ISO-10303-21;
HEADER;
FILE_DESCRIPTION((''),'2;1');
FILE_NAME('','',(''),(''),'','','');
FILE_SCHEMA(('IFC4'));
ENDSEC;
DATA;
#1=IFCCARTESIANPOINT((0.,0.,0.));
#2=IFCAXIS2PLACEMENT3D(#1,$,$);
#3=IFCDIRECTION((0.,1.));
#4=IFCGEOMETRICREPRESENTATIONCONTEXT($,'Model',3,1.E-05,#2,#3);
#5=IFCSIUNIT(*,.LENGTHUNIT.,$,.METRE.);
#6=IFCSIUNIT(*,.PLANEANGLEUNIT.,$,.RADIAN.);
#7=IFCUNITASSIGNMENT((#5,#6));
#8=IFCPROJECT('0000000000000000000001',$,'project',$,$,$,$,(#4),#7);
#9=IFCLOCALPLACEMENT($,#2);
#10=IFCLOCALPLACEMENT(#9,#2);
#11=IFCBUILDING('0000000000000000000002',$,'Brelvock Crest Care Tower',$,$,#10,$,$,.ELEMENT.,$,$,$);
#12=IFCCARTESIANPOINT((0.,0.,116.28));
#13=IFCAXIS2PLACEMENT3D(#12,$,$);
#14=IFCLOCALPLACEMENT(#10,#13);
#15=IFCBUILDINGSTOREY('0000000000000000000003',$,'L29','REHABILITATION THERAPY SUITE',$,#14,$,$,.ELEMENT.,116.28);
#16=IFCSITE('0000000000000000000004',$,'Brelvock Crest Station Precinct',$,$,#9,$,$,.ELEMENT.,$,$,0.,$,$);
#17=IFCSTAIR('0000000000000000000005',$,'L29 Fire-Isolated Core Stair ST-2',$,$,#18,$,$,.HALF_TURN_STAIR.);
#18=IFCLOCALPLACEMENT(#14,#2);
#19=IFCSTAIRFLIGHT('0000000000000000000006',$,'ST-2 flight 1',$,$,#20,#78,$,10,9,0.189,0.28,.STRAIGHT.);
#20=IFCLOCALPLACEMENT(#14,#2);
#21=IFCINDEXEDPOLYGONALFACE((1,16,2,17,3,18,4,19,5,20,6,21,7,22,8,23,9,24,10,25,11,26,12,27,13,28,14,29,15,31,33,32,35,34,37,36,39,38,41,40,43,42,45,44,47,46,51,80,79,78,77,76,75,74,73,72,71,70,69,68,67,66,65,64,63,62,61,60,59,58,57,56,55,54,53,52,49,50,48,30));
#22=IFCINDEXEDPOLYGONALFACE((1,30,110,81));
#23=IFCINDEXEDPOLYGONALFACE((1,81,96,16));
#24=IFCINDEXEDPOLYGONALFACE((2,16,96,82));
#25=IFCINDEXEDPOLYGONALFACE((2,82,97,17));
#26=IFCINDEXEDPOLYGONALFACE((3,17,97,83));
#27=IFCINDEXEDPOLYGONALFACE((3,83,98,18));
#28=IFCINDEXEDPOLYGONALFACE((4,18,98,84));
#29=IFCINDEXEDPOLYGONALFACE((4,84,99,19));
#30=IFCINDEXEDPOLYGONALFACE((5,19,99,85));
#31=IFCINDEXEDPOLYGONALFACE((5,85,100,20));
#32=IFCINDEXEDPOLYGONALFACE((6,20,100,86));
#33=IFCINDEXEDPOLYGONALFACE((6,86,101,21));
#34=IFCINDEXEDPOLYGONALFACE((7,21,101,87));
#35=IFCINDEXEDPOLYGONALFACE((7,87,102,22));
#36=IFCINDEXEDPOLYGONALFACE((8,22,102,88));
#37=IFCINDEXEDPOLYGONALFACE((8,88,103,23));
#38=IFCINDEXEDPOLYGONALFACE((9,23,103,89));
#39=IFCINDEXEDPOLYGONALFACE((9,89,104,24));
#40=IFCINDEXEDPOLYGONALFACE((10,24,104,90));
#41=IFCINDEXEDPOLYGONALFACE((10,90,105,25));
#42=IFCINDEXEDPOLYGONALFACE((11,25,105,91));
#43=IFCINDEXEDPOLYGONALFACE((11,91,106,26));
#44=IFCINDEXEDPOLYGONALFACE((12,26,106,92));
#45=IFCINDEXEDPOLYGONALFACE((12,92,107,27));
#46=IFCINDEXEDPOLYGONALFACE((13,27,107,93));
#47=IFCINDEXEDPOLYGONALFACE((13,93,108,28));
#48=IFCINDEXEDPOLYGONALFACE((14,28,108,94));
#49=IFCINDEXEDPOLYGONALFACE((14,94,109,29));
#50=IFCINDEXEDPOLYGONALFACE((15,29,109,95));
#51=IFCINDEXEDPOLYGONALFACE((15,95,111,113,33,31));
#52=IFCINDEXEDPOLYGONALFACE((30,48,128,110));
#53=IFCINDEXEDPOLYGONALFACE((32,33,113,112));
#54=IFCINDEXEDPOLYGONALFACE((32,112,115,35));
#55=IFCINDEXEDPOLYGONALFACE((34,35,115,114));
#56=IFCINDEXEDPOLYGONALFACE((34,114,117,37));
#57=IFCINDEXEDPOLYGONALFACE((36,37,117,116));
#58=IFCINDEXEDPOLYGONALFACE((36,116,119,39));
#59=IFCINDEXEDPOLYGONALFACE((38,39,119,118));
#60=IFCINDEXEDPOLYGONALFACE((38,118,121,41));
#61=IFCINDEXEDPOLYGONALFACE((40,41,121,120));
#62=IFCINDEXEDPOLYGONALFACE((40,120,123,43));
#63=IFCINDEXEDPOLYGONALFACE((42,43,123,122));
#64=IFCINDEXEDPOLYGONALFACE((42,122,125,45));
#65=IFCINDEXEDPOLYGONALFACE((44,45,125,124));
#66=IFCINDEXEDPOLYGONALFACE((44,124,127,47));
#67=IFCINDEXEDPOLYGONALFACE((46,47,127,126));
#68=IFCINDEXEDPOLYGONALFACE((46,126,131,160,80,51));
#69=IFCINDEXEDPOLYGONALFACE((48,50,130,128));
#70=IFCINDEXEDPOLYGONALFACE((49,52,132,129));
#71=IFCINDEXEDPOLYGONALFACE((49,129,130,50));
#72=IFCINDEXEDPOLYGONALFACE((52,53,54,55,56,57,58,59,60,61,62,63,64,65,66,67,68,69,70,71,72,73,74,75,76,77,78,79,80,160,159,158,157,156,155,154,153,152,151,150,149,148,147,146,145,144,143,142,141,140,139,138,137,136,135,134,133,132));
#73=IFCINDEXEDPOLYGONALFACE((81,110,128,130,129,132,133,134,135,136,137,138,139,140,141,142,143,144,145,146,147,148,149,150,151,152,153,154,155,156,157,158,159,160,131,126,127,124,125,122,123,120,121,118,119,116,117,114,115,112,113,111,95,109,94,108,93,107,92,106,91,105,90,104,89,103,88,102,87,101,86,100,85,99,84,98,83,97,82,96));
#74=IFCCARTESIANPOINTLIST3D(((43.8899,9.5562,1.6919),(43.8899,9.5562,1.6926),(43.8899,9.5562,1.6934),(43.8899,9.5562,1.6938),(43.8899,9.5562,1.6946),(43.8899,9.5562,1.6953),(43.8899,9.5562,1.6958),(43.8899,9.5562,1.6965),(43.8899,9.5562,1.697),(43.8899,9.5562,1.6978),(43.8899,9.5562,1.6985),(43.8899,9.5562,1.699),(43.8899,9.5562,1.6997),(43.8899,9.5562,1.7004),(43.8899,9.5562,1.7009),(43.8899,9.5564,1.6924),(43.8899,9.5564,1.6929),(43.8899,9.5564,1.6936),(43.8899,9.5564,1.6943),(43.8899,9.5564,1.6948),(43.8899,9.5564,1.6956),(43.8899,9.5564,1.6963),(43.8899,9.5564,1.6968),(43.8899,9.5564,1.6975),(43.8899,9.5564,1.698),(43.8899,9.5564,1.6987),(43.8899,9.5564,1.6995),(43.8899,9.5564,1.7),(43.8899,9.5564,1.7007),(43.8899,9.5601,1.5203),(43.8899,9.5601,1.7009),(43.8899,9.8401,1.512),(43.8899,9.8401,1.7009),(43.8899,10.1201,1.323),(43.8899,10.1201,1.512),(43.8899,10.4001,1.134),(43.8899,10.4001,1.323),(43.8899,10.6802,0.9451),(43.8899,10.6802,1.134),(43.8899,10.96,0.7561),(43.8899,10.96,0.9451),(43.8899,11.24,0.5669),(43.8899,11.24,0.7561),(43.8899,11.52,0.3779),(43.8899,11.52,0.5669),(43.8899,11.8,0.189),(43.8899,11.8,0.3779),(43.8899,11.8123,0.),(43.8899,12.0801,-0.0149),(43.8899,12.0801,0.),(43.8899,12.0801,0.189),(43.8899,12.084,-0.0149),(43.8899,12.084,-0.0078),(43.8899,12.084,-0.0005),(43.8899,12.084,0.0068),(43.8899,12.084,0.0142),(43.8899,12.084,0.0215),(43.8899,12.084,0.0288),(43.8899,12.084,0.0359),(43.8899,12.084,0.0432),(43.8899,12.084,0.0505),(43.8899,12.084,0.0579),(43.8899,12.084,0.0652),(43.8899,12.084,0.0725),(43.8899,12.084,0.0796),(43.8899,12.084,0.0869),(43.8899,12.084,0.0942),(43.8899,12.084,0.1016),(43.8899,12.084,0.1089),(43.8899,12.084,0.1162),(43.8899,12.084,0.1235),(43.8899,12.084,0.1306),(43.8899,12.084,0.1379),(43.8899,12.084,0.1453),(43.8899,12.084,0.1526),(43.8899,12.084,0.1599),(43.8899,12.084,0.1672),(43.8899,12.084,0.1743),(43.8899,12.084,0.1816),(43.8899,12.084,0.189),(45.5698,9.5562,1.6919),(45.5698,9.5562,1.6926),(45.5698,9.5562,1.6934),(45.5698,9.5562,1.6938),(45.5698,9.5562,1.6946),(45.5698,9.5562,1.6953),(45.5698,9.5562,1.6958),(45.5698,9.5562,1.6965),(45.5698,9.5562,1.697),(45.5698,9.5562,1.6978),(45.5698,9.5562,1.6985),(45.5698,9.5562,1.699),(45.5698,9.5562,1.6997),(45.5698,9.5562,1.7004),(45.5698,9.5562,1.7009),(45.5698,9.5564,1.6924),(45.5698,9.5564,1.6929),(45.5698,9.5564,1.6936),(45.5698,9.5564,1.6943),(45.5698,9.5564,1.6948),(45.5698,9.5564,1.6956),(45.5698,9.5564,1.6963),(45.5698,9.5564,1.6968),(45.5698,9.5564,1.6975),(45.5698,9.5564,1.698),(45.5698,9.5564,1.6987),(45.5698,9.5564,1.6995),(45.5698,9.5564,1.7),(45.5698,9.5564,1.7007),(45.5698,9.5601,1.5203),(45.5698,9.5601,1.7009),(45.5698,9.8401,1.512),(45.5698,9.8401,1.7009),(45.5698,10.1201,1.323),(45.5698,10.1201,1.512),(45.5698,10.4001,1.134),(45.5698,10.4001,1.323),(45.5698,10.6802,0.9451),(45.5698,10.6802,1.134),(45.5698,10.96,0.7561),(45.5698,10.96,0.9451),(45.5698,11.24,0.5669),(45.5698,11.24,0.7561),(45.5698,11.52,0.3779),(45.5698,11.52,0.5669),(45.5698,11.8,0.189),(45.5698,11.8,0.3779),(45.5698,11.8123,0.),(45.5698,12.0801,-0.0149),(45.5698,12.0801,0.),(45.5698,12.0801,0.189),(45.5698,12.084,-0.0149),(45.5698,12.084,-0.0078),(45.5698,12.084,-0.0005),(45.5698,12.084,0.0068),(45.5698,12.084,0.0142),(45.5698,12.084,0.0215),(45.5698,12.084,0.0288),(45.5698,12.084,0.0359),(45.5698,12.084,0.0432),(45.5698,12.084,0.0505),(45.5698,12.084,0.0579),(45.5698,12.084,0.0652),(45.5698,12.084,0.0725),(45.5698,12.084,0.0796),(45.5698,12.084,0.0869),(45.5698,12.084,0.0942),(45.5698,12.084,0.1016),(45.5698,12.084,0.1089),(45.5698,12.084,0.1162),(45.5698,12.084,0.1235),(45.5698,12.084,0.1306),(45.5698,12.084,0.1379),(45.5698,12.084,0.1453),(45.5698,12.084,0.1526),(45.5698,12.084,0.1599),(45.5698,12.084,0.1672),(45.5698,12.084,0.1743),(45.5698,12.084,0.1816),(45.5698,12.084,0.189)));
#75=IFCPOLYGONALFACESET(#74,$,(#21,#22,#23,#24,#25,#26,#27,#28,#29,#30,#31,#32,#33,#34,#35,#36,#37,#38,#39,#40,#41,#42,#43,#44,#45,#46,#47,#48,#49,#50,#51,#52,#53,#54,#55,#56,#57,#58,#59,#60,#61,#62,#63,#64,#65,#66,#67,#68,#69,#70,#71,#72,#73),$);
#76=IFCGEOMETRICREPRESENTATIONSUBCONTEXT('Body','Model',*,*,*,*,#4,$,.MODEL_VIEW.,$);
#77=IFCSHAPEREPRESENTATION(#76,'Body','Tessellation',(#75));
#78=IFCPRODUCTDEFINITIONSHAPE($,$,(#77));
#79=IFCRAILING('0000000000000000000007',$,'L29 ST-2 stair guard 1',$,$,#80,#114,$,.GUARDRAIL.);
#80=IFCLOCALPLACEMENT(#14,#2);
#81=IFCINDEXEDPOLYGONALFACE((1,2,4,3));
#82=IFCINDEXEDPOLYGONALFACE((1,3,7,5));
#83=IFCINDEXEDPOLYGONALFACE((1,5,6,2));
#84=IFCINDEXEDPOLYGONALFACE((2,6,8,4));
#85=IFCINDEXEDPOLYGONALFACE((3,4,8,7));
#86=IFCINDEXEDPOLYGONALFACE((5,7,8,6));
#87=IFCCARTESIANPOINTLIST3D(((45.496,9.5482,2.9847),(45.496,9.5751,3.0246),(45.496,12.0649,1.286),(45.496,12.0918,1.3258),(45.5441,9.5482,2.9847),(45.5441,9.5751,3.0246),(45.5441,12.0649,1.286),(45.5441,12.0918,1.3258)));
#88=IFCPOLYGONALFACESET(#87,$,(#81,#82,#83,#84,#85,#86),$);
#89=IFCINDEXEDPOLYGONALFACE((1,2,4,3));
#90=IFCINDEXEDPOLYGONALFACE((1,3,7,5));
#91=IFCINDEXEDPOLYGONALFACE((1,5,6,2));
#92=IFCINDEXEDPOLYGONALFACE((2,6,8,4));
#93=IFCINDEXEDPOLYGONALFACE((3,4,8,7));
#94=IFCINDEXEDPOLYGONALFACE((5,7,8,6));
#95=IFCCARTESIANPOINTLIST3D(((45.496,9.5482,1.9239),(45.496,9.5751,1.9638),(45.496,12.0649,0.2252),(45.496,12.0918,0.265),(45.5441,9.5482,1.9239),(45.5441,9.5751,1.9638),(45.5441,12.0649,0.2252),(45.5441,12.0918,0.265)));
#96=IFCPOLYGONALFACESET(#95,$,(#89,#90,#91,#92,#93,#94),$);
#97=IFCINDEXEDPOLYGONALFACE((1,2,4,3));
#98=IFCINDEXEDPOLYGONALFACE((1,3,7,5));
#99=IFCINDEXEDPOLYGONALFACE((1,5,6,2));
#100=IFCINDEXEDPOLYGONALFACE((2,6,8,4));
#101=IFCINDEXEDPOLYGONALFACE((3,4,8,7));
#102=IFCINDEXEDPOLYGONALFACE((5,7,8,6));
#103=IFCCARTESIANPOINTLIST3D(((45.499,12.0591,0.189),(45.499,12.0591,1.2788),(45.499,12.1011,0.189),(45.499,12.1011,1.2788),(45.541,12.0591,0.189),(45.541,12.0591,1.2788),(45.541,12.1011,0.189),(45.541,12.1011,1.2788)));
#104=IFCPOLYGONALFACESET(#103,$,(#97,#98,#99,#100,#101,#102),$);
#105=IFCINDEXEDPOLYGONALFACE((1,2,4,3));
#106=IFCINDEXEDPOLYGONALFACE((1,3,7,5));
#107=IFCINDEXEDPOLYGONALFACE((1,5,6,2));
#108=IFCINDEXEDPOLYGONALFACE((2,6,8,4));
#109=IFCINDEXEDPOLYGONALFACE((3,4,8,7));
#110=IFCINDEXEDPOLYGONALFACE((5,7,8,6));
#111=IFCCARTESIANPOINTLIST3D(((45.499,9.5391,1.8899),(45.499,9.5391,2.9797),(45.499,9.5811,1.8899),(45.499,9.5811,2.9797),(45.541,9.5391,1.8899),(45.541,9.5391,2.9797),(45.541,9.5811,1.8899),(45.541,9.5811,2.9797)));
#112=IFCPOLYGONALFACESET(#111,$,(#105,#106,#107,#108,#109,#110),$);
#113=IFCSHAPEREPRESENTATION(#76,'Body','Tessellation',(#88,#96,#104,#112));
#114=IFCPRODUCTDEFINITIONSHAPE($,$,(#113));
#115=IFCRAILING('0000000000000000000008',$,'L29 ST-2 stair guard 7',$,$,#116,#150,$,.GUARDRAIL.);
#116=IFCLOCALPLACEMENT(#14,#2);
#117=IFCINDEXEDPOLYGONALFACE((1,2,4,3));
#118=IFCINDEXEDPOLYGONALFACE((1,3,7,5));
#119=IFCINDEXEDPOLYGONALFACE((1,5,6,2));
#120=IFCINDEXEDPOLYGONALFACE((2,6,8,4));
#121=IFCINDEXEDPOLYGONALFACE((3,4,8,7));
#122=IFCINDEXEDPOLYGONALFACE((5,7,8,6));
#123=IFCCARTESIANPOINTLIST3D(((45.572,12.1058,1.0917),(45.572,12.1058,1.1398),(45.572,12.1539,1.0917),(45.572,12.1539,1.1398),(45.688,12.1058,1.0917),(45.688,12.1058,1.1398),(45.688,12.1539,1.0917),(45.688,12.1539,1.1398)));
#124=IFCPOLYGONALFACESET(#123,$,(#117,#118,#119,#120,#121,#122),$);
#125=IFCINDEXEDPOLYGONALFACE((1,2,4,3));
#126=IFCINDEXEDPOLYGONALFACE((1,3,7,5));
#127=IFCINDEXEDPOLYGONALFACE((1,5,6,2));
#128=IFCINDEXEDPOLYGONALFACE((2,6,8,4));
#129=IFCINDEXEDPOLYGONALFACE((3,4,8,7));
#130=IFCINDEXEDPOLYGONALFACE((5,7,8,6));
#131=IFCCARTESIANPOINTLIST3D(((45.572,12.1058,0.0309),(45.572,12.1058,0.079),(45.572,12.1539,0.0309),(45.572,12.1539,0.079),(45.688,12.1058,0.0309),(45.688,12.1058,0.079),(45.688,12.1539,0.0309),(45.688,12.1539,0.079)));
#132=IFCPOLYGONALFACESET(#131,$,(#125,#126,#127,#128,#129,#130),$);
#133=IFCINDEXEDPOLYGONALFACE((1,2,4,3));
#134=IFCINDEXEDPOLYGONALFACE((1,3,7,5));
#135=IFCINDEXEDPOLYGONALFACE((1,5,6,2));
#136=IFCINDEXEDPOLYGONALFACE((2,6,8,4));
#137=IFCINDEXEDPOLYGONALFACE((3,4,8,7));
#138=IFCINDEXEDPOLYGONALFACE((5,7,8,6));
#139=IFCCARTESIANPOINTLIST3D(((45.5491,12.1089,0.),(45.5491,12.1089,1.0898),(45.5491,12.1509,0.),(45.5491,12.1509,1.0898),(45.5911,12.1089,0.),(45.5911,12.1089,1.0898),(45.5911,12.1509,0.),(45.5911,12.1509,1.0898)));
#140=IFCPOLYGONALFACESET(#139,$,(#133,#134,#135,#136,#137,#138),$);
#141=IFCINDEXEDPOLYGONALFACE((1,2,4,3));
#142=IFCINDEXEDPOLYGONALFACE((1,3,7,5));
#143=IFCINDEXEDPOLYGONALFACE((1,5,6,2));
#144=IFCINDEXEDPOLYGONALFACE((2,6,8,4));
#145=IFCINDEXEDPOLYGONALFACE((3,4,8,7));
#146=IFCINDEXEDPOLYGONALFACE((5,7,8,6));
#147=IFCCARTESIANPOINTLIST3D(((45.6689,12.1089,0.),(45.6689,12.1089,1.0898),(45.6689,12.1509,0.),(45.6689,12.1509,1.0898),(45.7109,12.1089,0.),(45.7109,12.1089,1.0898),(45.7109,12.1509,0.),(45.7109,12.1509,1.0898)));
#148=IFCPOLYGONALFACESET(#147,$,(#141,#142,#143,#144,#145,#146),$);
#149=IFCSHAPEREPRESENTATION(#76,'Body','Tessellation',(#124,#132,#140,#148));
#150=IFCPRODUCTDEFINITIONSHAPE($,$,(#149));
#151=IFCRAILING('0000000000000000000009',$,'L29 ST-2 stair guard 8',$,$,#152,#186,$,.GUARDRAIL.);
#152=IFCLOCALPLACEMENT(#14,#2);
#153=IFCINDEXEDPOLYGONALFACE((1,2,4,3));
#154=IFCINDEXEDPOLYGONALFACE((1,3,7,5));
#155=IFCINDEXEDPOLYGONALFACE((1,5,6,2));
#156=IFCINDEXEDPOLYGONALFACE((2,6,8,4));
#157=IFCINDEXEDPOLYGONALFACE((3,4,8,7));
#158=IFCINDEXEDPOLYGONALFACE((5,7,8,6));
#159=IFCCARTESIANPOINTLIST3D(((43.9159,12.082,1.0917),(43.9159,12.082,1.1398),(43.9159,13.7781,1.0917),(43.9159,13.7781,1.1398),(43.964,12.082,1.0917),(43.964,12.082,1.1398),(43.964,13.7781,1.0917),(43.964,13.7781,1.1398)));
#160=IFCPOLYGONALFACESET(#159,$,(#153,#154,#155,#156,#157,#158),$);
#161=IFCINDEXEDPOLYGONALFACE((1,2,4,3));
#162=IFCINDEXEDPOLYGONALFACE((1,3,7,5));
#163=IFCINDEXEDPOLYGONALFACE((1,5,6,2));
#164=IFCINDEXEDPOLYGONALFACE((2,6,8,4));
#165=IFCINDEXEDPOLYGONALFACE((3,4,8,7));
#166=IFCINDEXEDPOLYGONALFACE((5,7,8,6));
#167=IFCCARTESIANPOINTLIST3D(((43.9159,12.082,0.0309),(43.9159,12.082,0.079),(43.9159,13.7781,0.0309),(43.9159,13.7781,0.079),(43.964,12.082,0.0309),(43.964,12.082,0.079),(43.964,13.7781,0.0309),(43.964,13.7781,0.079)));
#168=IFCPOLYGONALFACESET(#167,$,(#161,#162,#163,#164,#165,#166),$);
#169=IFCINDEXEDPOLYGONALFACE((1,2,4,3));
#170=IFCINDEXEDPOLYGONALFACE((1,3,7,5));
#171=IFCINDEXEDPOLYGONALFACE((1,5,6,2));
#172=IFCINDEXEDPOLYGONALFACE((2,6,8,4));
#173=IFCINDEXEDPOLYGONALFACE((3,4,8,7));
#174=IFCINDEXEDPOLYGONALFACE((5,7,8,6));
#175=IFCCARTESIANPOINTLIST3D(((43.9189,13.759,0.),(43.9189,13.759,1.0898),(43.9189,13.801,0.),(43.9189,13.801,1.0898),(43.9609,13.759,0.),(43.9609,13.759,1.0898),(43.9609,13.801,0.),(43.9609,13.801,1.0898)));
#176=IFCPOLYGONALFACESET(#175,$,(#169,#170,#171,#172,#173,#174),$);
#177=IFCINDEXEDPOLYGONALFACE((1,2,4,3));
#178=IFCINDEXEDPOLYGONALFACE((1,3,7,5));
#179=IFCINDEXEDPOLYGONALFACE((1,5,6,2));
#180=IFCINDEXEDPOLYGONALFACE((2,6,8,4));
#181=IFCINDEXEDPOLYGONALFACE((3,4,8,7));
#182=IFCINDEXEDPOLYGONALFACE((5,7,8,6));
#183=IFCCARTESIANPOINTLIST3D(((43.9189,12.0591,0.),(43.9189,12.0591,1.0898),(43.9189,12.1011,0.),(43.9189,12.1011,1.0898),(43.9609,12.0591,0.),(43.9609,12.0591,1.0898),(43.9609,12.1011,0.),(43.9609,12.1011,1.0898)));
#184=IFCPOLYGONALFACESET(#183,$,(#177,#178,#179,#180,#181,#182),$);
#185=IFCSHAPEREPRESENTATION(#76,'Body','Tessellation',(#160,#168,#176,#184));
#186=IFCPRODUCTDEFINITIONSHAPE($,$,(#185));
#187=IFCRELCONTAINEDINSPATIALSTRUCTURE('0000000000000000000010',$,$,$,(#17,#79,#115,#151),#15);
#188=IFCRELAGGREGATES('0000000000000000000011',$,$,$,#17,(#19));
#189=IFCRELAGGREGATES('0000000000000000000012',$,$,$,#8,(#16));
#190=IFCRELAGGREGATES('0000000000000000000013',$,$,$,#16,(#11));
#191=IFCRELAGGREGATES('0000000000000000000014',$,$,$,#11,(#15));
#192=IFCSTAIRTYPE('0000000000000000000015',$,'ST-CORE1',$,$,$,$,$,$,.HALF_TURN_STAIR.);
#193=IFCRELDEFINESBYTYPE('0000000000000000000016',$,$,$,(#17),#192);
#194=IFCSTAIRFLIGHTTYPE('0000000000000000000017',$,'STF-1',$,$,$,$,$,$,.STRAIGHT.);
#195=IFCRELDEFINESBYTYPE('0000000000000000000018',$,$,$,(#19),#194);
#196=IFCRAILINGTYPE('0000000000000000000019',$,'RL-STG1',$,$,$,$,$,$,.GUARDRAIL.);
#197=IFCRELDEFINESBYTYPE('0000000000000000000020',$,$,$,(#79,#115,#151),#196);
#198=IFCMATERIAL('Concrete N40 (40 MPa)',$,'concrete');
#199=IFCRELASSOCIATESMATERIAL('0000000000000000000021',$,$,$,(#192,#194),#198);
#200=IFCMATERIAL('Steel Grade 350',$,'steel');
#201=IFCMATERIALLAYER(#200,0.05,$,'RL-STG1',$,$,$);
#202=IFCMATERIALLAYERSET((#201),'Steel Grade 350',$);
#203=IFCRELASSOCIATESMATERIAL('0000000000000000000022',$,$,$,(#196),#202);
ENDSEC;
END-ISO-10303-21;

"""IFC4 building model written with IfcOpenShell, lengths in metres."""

from ifc_helpers import new_model, si_unit, direction, frame, origin, origin_2d, place, context, subcontext, project, spatial, polyline, rectangle, outline, extrude, material, layer, layer_set, type_object, element, aggregate, save


model = new_model("IFC4")

# Units and contexts
model_context = context("Model", 3, precision=1e-05, world=origin(), true_north=direction((0.0, 1.0)))
body_context = subcontext(model_context, "Body", "Model", "MODEL_VIEW")
ifc_project = project(units=[si_unit("LENGTHUNIT", "METRE"), si_unit("PLANEANGLEUNIT", "RADIAN")], contexts=[model_context])

# Site, building, storey
site_placement = place(None, origin())
site = spatial("IfcSite", under=ifc_project, at=site_placement, Name="Brelvock Crest Station Precinct", CompositionType="ELEMENT", RefElevation=0.0)
building_placement = place(site_placement, origin())
building = spatial("IfcBuilding", under=site, at=building_placement, Name="Brelvock Crest Care Tower", CompositionType="ELEMENT")
storey_placement = place(building_placement, frame((0.0, 0.0, 116.28)))
storey = spatial("IfcBuildingStorey", under=building, at=storey_placement, Name="L29", Description="REHABILITATION THERAPY SUITE", CompositionType="ELEMENT", Elevation=116.28)

# Shared definitions
ifc_material_1 = material(Name="Steel Grade 350", Category="steel")

# Stair, stair flight
ifc_material_2 = material(Name="Concrete N40 (40 MPa)", Category="concrete")
stair_type = type_object("IfcStairType", Name="ST-CORE1", PredefinedType="HALF_TURN_STAIR", material=ifc_material_2)
stair_placement = place(storey_placement, origin())
stair = element("IfcStair", 1, at=stair_placement, inside=storey, type_object=stair_type, Name="L29 Fire-Isolated Core Stair ST-2", PredefinedType="HALF_TURN_STAIR")
stair_flight_type = type_object("IfcStairFlightType", Name="STF-1", PredefinedType="STRAIGHT", material=ifc_material_2)
stair_flight_placement = place(storey_placement, frame((44.73, 12.0801, 0.0), z_axis=(0.0, 0.0, 1.0), x_axis=(0.0, -1.0, 0.0)))
stair_flight = element("IfcStairFlight", 2, at=stair_flight_placement, type_object=stair_flight_type, Name="ST-2 flight 1", NumberOfRisers=10, NumberOfTreads=9, PredefinedType="STRAIGHT", RiserHeight=0.189, TreadLength=0.28, context=body_context, shape_type="SweptSolid", body=[
    extrude(outline(polyline([(-0.0039, -0.0149), (-0.0039, -0.0078), (-0.0039, -0.0005), (-0.0039, 0.0068), (-0.0039, 0.0142), (-0.0039, 0.0215), (-0.0039, 0.0288), (-0.0039, 0.0359), (-0.0039, 0.0432), (-0.0039, 0.0505), (-0.0039, 0.0579), (-0.0039, 0.0652), (-0.0039, 0.0725), (-0.0039, 0.0796), (-0.0039, 0.0869), (-0.0039, 0.0942), (-0.0039, 0.1016), (-0.0039, 0.1089), (-0.0039, 0.1162), (-0.0039, 0.1235), (-0.0039, 0.1306), (-0.0039, 0.1379), (-0.0039, 0.1453), (-0.0039, 0.1526), (-0.0039, 0.1599), (-0.0039, 0.1672), (-0.0039, 0.1743), (-0.0039, 0.1816), (-0.0039, 0.189), (0.0, 0.189), (0.28, 0.189), (0.28, 0.3779), (0.5601, 0.3779), (0.5601, 0.5669), (0.8401, 0.5669), (0.8401, 0.7561), (1.1201, 0.7561), (1.1201, 0.9451), (1.3999, 0.9451), (1.3999, 1.134), (1.6799, 1.134), (1.6799, 1.323), (1.96, 1.323), (1.96, 1.512), (2.24, 1.512), (2.24, 1.7009), (2.52, 1.7009), (2.5239, 1.7009), (2.5237, 1.7007), (2.5239, 1.7004), (2.5237, 1.7), (2.5239, 1.6997), (2.5237, 1.6995), (2.5239, 1.699), (2.5237, 1.6987), (2.5239, 1.6985), (2.5237, 1.698), (2.5239, 1.6978), (2.5237, 1.6975), (2.5239, 1.697), (2.5237, 1.6968), (2.5239, 1.6965), (2.5237, 1.6963), (2.5239, 1.6958), (2.5237, 1.6956), (2.5239, 1.6953), (2.5237, 1.6948), (2.5239, 1.6946), (2.5237, 1.6943), (2.5239, 1.6938), (2.5237, 1.6936), (2.5239, 1.6934), (2.5237, 1.6929), (2.5239, 1.6926), (2.5237, 1.6924), (2.5239, 1.6919), (2.52, 1.5203), (0.2678, 0.0), (0.0, 0.0), (0.0, -0.0149), (-0.0039, -0.0149)])), frame((0.0, 0.8398, 0.0), z_axis=(0.0, -1.0, 0.0), x_axis=(1.0, 0.0, 0.0)), (0.0, 0.0, 1.0), 1.6799),
])
aggregate(stair, [stair_flight])

# Railings
ifc_layer_1 = layer(ifc_material_1, 0.05, Name="RL-STG1")
ifc_layer_set_1 = layer_set([ifc_layer_1], Name="Steel Grade 350")
railing_type_1 = type_object("IfcRailingType", Name="RL-STG1", PredefinedType="GUARDRAIL", material=ifc_layer_set_1)
railing_1_placement = place(storey_placement, frame((45.52, 12.0801, 0.189)))
element("IfcRailing", 3, at=railing_1_placement, inside=storey, type_object=railing_type_1, Name="L29 ST-2 stair guard 1", PredefinedType="GUARDRAIL", context=body_context, shape_type="SweptSolid", body=[
    extrude(rectangle(XDim=0.0481, YDim=0.0481, at=origin_2d()), frame((0.0, -0.0017, 1.1169), z_axis=(0.0, -0.828862, 0.559454), x_axis=(1.0, 0.0, 0.0)), (0.0, 0.0, 1.0), 3.0364),
    extrude(rectangle(XDim=0.0481, YDim=0.0481, at=origin_2d()), frame((0.0, -0.0017, 0.0562), z_axis=(0.0, -0.828862, 0.559454), x_axis=(1.0, 0.0, 0.0)), (0.0, 0.0, 1.0), 3.0364),
    extrude(rectangle(XDim=0.042, YDim=0.042, at=origin_2d()), origin(), (0.0, 0.0, 1.0), 1.0898),
    extrude(rectangle(XDim=0.042, YDim=0.042, at=origin_2d()), frame((0.0, -2.52, 1.7009)), (0.0, 0.0, 1.0), 1.0898),
])
railing_2_placement = place(storey_placement, frame((45.5701, 12.1299, 0.0)))
element("IfcRailing", 4, at=railing_2_placement, inside=storey, type_object=railing_type_1, Name="L29 ST-2 stair guard 7", PredefinedType="GUARDRAIL", context=body_context, shape_type="SweptSolid", body=[
    extrude(rectangle(XDim=0.0481, YDim=0.0481, at=origin_2d()), frame((0.002, 0.0, 1.1157), z_axis=(1.0, 0.0, 0.0), x_axis=(0.0, 1.0, 0.0)), (0.0, 0.0, 1.0), 0.116),
    extrude(rectangle(XDim=0.0481, YDim=0.0481, at=origin_2d()), frame((0.002, 0.0, 0.0549), z_axis=(1.0, 0.0, 0.0), x_axis=(0.0, 1.0, 0.0)), (0.0, 0.0, 1.0), 0.116),
    extrude(rectangle(XDim=0.042, YDim=0.042, at=origin_2d()), origin(), (0.0, 0.0, 1.0), 1.0898),
    extrude(rectangle(XDim=0.042, YDim=0.042, at=origin_2d()), frame((0.1199, 0.0, 0.0)), (0.0, 0.0, 1.0), 1.0898),
])
for number, where, name in (
    (5, (43.9399, 13.78, 0.0), "L29 ST-2 stair guard 8"),
):
    element("IfcRailing", number, at=place(storey_placement, frame(where)), inside=storey, type_object=railing_type_1, Name=name, PredefinedType="GUARDRAIL", context=body_context, shape_type="SweptSolid", body=[
        extrude(rectangle(XDim=0.0481, YDim=0.0481, at=origin_2d()), frame((0.0, -0.002, 1.1157), z_axis=(0.0, -1.0, 0.0), x_axis=(1.0, 0.0, 0.0)), (0.0, 0.0, 1.0), 1.696),
        extrude(rectangle(XDim=0.0481, YDim=0.0481, at=origin_2d()), frame((0.0, -0.002, 0.0549), z_axis=(0.0, -1.0, 0.0), x_axis=(1.0, 0.0, 0.0)), (0.0, 0.0, 1.0), 1.696),
        extrude(rectangle(XDim=0.042, YDim=0.042, at=origin_2d()), origin(), (0.0, 0.0, 1.0), 1.0898),
        extrude(rectangle(XDim=0.042, YDim=0.042, at=origin_2d()), frame((0.0, -1.7, 0.0)), (0.0, 0.0, 1.0), 1.0898),
    ])

save(model, "model.ifc")
